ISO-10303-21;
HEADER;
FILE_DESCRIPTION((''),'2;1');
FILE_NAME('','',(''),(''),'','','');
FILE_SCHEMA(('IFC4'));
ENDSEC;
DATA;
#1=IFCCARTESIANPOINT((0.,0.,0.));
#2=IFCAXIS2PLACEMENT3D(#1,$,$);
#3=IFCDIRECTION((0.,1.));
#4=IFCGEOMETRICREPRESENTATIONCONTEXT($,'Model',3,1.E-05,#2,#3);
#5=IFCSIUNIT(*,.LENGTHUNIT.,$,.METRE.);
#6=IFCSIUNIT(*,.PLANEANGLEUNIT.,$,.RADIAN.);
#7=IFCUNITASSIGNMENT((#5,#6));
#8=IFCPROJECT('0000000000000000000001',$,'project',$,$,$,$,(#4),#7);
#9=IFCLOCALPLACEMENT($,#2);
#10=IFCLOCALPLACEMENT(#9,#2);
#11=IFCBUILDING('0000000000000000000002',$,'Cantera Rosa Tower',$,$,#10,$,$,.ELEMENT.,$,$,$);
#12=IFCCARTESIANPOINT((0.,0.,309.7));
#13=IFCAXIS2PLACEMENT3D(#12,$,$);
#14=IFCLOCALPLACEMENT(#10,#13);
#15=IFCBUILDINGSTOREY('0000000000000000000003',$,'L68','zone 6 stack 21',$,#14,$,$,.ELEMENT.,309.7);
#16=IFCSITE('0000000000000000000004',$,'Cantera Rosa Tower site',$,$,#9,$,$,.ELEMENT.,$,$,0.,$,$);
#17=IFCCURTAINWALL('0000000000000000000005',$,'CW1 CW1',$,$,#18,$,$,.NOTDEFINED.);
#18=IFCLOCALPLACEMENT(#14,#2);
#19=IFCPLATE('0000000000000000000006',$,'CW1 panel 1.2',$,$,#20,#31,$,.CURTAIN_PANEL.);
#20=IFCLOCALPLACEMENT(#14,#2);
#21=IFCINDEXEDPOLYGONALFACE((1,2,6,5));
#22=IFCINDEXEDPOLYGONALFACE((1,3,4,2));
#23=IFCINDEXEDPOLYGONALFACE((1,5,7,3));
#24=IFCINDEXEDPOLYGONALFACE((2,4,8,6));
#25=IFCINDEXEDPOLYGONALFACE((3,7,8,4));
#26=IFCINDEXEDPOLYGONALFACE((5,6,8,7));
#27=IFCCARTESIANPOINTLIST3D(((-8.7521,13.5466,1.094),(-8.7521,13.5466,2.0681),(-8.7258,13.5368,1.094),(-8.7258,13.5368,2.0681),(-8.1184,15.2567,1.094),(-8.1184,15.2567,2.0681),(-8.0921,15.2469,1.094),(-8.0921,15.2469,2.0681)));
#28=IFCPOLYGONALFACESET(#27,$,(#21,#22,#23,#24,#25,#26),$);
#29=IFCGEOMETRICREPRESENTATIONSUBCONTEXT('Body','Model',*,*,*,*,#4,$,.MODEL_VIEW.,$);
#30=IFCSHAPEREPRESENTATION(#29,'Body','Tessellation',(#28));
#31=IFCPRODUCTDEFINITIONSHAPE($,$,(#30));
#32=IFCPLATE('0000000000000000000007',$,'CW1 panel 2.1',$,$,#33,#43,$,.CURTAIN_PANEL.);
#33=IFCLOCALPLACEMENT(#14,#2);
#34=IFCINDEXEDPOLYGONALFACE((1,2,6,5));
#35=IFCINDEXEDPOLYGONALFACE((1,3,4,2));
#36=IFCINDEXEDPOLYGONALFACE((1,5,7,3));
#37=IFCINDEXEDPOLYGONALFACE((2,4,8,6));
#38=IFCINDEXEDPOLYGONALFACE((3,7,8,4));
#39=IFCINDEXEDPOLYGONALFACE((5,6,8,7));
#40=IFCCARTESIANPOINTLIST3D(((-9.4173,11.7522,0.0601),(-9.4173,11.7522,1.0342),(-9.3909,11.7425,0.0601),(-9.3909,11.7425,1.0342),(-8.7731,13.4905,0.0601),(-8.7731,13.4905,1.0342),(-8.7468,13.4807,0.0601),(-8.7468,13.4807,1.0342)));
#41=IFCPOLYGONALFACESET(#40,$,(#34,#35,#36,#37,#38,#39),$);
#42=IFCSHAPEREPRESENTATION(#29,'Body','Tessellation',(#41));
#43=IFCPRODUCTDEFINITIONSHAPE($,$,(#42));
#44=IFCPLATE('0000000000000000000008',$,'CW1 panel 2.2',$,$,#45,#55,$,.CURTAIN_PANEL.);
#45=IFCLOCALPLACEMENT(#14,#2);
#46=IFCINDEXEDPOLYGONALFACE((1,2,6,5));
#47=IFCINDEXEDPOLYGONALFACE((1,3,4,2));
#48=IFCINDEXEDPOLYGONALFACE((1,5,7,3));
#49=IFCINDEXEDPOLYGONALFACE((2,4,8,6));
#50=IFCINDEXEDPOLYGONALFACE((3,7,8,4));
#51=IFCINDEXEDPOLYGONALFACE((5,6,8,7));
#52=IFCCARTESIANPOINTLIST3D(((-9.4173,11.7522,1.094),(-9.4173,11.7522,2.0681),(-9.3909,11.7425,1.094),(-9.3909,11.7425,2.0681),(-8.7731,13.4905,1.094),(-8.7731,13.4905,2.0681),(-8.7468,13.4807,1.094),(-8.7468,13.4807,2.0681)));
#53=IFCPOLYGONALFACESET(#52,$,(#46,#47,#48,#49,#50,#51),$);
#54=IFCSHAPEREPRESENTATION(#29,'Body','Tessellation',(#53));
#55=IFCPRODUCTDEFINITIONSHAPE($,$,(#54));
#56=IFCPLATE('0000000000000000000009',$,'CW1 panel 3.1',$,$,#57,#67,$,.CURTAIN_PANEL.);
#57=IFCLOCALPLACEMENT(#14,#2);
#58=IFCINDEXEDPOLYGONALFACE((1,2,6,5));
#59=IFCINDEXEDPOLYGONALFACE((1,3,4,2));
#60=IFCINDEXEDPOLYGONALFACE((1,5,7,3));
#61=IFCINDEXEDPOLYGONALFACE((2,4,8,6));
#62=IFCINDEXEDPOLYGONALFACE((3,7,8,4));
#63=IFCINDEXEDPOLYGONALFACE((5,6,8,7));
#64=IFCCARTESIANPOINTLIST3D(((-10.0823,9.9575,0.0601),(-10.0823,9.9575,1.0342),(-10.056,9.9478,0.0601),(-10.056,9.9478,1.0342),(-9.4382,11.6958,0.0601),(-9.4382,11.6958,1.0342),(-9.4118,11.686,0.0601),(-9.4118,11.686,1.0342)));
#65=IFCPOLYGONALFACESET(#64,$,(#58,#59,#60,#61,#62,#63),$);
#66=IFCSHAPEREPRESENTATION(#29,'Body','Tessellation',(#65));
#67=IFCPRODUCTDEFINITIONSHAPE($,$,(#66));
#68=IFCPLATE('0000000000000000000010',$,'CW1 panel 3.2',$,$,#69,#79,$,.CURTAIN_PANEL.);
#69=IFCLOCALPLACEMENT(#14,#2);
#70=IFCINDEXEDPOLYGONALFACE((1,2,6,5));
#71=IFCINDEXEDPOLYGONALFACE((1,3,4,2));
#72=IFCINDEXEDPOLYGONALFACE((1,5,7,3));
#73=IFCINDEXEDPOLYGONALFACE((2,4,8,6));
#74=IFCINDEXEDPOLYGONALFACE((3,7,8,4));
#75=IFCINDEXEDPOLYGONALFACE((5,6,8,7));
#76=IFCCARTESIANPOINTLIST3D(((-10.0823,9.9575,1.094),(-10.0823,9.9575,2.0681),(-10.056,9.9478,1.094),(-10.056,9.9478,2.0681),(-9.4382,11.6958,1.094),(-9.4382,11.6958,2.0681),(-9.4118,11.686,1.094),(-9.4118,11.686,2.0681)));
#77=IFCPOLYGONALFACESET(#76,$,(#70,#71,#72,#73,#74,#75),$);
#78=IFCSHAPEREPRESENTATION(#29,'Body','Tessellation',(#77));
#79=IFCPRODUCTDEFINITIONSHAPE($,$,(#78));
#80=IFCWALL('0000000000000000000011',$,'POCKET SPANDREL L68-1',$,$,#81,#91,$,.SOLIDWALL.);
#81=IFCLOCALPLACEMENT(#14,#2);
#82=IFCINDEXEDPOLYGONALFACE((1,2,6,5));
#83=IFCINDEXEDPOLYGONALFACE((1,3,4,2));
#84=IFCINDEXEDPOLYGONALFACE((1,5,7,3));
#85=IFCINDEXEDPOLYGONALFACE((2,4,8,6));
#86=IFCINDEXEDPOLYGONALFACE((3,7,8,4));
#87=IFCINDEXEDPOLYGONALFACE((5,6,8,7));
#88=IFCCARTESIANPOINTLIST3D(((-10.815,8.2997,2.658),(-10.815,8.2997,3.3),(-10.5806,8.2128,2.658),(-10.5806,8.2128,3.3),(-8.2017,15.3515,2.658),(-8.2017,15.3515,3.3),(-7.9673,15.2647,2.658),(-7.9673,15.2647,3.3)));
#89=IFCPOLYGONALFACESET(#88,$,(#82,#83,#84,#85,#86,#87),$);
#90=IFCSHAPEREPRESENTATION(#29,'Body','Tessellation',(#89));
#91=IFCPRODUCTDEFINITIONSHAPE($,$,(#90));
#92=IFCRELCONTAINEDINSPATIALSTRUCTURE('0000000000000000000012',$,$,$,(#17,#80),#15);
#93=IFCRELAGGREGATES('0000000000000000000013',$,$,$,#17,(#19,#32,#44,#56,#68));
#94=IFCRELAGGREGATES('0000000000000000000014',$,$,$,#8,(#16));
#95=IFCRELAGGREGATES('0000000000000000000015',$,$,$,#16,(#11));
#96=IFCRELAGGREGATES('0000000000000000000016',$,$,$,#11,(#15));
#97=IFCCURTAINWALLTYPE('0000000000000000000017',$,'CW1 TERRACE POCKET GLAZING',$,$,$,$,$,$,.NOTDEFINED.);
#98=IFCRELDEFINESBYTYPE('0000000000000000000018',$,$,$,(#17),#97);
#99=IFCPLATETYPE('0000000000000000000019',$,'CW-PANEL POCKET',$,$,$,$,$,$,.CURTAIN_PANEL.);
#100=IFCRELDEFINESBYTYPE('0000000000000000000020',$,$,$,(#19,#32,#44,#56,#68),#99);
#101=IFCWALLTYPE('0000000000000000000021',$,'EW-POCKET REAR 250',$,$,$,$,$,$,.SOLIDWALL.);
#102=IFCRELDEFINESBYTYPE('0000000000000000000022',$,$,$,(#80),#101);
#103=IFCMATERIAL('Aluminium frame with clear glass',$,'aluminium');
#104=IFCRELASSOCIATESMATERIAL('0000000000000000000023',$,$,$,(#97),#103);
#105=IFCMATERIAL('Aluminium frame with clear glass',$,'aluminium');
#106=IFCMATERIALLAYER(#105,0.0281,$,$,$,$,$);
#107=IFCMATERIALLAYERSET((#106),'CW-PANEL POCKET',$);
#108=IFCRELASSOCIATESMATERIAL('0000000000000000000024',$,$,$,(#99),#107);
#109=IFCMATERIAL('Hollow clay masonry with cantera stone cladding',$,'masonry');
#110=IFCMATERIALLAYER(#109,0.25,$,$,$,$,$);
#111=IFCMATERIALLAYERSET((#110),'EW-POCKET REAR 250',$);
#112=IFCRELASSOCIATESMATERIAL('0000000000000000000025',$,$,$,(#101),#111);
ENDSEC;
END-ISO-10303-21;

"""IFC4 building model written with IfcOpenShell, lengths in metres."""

from ifc_helpers import new_model, si_unit, direction, frame, frame_2d, origin, origin_2d, place, context, subcontext, project, spatial, rectangle, extrude, material, layer, layer_set, type_object, element, aggregate, save


model = new_model("IFC4")

# Units and contexts
model_context = context("Model", 3, precision=1e-05, world=origin(), true_north=direction((0.0, 1.0)))
body_context = subcontext(model_context, "Body", "Model", "MODEL_VIEW")
ifc_project = project(units=[si_unit("LENGTHUNIT", "METRE"), si_unit("PLANEANGLEUNIT", "RADIAN")], contexts=[model_context])

# Site, building, storey
site_placement = place(None, origin())
site = spatial("IfcSite", under=ifc_project, at=site_placement, Name="Cantera Rosa Tower site", CompositionType="ELEMENT", RefElevation=0.0)
building_placement = place(site_placement, origin())
building = spatial("IfcBuilding", under=site, at=building_placement, Name="Cantera Rosa Tower", CompositionType="ELEMENT")
storey_placement = place(building_placement, frame((0.0, 0.0, 309.7)))
storey = spatial("IfcBuildingStorey", under=building, at=storey_placement, Name="L68", Description="zone 6 stack 21", CompositionType="ELEMENT", Elevation=309.7)

# Curtain wall
ifc_material_1 = material(Name="Aluminium frame with clear glass", Category="aluminium")
curtain_wall_type = type_object("IfcCurtainWallType", Name="CW1 TERRACE POCKET GLAZING", PredefinedType="NOTDEFINED", material=ifc_material_1)
curtain_wall_placement = place(storey_placement, origin())
curtain_wall = element("IfcCurtainWall", 1, at=curtain_wall_placement, inside=storey, type_object=curtain_wall_type, Name="CW1 CW1", PredefinedType="NOTDEFINED")

# Plates
ifc_material_2 = material(Name="Aluminium frame with clear glass", Category="aluminium")
ifc_layer_1 = layer(ifc_material_2, 0.0281)
ifc_layer_set_1 = layer_set([ifc_layer_1], Name="CW-PANEL POCKET")
plate_type = type_object("IfcPlateType", Name="CW-PANEL POCKET", PredefinedType="CURTAIN_PANEL", material=ifc_layer_set_1)
plate_1_placement = place(storey_placement, frame((-8.4221, 14.3967, 1.094), z_axis=(0.0, 0.0, 1.0), x_axis=(-0.347481, -0.937687, 0.0)))
plate_1 = element("IfcPlate", 2, at=plate_1_placement, type_object=plate_type, Name="CW1 panel 1.2", PredefinedType="CURTAIN_PANEL", context=body_context, shape_type="SweptSolid", body=[
    extrude(rectangle(XDim=1.8237, YDim=0.0281, at=origin_2d()), origin(), (0.0, 0.0, 1.0), 0.9741),
])
plate_2_placement = place(storey_placement, frame((-9.082, 12.6165, 0.0601), z_axis=(0.0, 0.0, 1.0), x_axis=(-0.347481, -0.937687, 0.0)))
plate_2 = element("IfcPlate", 3, at=plate_2_placement, type_object=plate_type, Name="CW1 panel 2.1", PredefinedType="CURTAIN_PANEL", context=body_context, shape_type="SweptSolid", body=[
    extrude(rectangle(XDim=1.8538, YDim=0.0281, at=origin_2d()), origin(), (0.0, 0.0, 1.0), 0.9741),
])
plate_3_placement = place(storey_placement, frame((-9.082, 12.6165, 1.094), z_axis=(0.0, 0.0, 1.0), x_axis=(-0.347481, -0.937687, 0.0)))
plate_3 = element("IfcPlate", 4, at=plate_3_placement, type_object=plate_type, Name="CW1 panel 2.2", PredefinedType="CURTAIN_PANEL", context=body_context, shape_type="SweptSolid", body=[
    extrude(rectangle(XDim=1.8538, YDim=0.0281, at=origin_2d()), origin(), (0.0, 0.0, 1.0), 0.9741),
])
plate_4_placement = place(storey_placement, frame((-9.7471, 10.8218, 0.0601), z_axis=(0.0, 0.0, 1.0), x_axis=(-0.347481, -0.937687, 0.0)))
plate_4 = element("IfcPlate", 5, at=plate_4_placement, type_object=plate_type, Name="CW1 panel 3.1", PredefinedType="CURTAIN_PANEL", context=body_context, shape_type="SweptSolid", body=[
    extrude(rectangle(XDim=1.8538, YDim=0.0281, at=origin_2d()), origin(), (0.0, 0.0, 1.0), 0.9741),
])
plate_5_placement = place(storey_placement, frame((-9.7471, 10.8218, 1.094), z_axis=(0.0, 0.0, 1.0), x_axis=(-0.347481, -0.937687, 0.0)))
plate_5 = element("IfcPlate", 6, at=plate_5_placement, type_object=plate_type, Name="CW1 panel 3.2", PredefinedType="CURTAIN_PANEL", context=body_context, shape_type="SweptSolid", body=[
    extrude(rectangle(XDim=1.8538, YDim=0.0281, at=origin_2d()), origin(), (0.0, 0.0, 1.0), 0.9741),
])
aggregate(curtain_wall, [plate_1, plate_2, plate_3, plate_4, plate_5])

# Wall
ifc_material_3 = material(Name="Hollow clay masonry with cantera stone cladding", Category="masonry")
ifc_layer_2 = layer(ifc_material_3, 0.25)
ifc_layer_set_2 = layer_set([ifc_layer_2], Name="EW-POCKET REAR 250")
wall_type = type_object("IfcWallType", Name="EW-POCKET REAR 250", PredefinedType="SOLIDWALL", material=ifc_layer_set_2)
wall_placement = place(storey_placement, frame((-8.0845, 15.3081, 2.658), z_axis=(0.0, 0.0, 1.0), x_axis=(-0.347492, -0.937683, 0.0)))
element("IfcWall", 7, at=wall_placement, inside=storey, type_object=wall_type, Name="POCKET SPANDREL L68-1", PredefinedType="SOLIDWALL", context=body_context, shape_type="SweptSolid", body=[
    extrude(rectangle(XDim=7.5205, YDim=0.25, at=frame_2d((3.7603, 0.0))), origin(), (0.0, 0.0, 1.0), 0.6421),
])

save(model, "model.ifc")
